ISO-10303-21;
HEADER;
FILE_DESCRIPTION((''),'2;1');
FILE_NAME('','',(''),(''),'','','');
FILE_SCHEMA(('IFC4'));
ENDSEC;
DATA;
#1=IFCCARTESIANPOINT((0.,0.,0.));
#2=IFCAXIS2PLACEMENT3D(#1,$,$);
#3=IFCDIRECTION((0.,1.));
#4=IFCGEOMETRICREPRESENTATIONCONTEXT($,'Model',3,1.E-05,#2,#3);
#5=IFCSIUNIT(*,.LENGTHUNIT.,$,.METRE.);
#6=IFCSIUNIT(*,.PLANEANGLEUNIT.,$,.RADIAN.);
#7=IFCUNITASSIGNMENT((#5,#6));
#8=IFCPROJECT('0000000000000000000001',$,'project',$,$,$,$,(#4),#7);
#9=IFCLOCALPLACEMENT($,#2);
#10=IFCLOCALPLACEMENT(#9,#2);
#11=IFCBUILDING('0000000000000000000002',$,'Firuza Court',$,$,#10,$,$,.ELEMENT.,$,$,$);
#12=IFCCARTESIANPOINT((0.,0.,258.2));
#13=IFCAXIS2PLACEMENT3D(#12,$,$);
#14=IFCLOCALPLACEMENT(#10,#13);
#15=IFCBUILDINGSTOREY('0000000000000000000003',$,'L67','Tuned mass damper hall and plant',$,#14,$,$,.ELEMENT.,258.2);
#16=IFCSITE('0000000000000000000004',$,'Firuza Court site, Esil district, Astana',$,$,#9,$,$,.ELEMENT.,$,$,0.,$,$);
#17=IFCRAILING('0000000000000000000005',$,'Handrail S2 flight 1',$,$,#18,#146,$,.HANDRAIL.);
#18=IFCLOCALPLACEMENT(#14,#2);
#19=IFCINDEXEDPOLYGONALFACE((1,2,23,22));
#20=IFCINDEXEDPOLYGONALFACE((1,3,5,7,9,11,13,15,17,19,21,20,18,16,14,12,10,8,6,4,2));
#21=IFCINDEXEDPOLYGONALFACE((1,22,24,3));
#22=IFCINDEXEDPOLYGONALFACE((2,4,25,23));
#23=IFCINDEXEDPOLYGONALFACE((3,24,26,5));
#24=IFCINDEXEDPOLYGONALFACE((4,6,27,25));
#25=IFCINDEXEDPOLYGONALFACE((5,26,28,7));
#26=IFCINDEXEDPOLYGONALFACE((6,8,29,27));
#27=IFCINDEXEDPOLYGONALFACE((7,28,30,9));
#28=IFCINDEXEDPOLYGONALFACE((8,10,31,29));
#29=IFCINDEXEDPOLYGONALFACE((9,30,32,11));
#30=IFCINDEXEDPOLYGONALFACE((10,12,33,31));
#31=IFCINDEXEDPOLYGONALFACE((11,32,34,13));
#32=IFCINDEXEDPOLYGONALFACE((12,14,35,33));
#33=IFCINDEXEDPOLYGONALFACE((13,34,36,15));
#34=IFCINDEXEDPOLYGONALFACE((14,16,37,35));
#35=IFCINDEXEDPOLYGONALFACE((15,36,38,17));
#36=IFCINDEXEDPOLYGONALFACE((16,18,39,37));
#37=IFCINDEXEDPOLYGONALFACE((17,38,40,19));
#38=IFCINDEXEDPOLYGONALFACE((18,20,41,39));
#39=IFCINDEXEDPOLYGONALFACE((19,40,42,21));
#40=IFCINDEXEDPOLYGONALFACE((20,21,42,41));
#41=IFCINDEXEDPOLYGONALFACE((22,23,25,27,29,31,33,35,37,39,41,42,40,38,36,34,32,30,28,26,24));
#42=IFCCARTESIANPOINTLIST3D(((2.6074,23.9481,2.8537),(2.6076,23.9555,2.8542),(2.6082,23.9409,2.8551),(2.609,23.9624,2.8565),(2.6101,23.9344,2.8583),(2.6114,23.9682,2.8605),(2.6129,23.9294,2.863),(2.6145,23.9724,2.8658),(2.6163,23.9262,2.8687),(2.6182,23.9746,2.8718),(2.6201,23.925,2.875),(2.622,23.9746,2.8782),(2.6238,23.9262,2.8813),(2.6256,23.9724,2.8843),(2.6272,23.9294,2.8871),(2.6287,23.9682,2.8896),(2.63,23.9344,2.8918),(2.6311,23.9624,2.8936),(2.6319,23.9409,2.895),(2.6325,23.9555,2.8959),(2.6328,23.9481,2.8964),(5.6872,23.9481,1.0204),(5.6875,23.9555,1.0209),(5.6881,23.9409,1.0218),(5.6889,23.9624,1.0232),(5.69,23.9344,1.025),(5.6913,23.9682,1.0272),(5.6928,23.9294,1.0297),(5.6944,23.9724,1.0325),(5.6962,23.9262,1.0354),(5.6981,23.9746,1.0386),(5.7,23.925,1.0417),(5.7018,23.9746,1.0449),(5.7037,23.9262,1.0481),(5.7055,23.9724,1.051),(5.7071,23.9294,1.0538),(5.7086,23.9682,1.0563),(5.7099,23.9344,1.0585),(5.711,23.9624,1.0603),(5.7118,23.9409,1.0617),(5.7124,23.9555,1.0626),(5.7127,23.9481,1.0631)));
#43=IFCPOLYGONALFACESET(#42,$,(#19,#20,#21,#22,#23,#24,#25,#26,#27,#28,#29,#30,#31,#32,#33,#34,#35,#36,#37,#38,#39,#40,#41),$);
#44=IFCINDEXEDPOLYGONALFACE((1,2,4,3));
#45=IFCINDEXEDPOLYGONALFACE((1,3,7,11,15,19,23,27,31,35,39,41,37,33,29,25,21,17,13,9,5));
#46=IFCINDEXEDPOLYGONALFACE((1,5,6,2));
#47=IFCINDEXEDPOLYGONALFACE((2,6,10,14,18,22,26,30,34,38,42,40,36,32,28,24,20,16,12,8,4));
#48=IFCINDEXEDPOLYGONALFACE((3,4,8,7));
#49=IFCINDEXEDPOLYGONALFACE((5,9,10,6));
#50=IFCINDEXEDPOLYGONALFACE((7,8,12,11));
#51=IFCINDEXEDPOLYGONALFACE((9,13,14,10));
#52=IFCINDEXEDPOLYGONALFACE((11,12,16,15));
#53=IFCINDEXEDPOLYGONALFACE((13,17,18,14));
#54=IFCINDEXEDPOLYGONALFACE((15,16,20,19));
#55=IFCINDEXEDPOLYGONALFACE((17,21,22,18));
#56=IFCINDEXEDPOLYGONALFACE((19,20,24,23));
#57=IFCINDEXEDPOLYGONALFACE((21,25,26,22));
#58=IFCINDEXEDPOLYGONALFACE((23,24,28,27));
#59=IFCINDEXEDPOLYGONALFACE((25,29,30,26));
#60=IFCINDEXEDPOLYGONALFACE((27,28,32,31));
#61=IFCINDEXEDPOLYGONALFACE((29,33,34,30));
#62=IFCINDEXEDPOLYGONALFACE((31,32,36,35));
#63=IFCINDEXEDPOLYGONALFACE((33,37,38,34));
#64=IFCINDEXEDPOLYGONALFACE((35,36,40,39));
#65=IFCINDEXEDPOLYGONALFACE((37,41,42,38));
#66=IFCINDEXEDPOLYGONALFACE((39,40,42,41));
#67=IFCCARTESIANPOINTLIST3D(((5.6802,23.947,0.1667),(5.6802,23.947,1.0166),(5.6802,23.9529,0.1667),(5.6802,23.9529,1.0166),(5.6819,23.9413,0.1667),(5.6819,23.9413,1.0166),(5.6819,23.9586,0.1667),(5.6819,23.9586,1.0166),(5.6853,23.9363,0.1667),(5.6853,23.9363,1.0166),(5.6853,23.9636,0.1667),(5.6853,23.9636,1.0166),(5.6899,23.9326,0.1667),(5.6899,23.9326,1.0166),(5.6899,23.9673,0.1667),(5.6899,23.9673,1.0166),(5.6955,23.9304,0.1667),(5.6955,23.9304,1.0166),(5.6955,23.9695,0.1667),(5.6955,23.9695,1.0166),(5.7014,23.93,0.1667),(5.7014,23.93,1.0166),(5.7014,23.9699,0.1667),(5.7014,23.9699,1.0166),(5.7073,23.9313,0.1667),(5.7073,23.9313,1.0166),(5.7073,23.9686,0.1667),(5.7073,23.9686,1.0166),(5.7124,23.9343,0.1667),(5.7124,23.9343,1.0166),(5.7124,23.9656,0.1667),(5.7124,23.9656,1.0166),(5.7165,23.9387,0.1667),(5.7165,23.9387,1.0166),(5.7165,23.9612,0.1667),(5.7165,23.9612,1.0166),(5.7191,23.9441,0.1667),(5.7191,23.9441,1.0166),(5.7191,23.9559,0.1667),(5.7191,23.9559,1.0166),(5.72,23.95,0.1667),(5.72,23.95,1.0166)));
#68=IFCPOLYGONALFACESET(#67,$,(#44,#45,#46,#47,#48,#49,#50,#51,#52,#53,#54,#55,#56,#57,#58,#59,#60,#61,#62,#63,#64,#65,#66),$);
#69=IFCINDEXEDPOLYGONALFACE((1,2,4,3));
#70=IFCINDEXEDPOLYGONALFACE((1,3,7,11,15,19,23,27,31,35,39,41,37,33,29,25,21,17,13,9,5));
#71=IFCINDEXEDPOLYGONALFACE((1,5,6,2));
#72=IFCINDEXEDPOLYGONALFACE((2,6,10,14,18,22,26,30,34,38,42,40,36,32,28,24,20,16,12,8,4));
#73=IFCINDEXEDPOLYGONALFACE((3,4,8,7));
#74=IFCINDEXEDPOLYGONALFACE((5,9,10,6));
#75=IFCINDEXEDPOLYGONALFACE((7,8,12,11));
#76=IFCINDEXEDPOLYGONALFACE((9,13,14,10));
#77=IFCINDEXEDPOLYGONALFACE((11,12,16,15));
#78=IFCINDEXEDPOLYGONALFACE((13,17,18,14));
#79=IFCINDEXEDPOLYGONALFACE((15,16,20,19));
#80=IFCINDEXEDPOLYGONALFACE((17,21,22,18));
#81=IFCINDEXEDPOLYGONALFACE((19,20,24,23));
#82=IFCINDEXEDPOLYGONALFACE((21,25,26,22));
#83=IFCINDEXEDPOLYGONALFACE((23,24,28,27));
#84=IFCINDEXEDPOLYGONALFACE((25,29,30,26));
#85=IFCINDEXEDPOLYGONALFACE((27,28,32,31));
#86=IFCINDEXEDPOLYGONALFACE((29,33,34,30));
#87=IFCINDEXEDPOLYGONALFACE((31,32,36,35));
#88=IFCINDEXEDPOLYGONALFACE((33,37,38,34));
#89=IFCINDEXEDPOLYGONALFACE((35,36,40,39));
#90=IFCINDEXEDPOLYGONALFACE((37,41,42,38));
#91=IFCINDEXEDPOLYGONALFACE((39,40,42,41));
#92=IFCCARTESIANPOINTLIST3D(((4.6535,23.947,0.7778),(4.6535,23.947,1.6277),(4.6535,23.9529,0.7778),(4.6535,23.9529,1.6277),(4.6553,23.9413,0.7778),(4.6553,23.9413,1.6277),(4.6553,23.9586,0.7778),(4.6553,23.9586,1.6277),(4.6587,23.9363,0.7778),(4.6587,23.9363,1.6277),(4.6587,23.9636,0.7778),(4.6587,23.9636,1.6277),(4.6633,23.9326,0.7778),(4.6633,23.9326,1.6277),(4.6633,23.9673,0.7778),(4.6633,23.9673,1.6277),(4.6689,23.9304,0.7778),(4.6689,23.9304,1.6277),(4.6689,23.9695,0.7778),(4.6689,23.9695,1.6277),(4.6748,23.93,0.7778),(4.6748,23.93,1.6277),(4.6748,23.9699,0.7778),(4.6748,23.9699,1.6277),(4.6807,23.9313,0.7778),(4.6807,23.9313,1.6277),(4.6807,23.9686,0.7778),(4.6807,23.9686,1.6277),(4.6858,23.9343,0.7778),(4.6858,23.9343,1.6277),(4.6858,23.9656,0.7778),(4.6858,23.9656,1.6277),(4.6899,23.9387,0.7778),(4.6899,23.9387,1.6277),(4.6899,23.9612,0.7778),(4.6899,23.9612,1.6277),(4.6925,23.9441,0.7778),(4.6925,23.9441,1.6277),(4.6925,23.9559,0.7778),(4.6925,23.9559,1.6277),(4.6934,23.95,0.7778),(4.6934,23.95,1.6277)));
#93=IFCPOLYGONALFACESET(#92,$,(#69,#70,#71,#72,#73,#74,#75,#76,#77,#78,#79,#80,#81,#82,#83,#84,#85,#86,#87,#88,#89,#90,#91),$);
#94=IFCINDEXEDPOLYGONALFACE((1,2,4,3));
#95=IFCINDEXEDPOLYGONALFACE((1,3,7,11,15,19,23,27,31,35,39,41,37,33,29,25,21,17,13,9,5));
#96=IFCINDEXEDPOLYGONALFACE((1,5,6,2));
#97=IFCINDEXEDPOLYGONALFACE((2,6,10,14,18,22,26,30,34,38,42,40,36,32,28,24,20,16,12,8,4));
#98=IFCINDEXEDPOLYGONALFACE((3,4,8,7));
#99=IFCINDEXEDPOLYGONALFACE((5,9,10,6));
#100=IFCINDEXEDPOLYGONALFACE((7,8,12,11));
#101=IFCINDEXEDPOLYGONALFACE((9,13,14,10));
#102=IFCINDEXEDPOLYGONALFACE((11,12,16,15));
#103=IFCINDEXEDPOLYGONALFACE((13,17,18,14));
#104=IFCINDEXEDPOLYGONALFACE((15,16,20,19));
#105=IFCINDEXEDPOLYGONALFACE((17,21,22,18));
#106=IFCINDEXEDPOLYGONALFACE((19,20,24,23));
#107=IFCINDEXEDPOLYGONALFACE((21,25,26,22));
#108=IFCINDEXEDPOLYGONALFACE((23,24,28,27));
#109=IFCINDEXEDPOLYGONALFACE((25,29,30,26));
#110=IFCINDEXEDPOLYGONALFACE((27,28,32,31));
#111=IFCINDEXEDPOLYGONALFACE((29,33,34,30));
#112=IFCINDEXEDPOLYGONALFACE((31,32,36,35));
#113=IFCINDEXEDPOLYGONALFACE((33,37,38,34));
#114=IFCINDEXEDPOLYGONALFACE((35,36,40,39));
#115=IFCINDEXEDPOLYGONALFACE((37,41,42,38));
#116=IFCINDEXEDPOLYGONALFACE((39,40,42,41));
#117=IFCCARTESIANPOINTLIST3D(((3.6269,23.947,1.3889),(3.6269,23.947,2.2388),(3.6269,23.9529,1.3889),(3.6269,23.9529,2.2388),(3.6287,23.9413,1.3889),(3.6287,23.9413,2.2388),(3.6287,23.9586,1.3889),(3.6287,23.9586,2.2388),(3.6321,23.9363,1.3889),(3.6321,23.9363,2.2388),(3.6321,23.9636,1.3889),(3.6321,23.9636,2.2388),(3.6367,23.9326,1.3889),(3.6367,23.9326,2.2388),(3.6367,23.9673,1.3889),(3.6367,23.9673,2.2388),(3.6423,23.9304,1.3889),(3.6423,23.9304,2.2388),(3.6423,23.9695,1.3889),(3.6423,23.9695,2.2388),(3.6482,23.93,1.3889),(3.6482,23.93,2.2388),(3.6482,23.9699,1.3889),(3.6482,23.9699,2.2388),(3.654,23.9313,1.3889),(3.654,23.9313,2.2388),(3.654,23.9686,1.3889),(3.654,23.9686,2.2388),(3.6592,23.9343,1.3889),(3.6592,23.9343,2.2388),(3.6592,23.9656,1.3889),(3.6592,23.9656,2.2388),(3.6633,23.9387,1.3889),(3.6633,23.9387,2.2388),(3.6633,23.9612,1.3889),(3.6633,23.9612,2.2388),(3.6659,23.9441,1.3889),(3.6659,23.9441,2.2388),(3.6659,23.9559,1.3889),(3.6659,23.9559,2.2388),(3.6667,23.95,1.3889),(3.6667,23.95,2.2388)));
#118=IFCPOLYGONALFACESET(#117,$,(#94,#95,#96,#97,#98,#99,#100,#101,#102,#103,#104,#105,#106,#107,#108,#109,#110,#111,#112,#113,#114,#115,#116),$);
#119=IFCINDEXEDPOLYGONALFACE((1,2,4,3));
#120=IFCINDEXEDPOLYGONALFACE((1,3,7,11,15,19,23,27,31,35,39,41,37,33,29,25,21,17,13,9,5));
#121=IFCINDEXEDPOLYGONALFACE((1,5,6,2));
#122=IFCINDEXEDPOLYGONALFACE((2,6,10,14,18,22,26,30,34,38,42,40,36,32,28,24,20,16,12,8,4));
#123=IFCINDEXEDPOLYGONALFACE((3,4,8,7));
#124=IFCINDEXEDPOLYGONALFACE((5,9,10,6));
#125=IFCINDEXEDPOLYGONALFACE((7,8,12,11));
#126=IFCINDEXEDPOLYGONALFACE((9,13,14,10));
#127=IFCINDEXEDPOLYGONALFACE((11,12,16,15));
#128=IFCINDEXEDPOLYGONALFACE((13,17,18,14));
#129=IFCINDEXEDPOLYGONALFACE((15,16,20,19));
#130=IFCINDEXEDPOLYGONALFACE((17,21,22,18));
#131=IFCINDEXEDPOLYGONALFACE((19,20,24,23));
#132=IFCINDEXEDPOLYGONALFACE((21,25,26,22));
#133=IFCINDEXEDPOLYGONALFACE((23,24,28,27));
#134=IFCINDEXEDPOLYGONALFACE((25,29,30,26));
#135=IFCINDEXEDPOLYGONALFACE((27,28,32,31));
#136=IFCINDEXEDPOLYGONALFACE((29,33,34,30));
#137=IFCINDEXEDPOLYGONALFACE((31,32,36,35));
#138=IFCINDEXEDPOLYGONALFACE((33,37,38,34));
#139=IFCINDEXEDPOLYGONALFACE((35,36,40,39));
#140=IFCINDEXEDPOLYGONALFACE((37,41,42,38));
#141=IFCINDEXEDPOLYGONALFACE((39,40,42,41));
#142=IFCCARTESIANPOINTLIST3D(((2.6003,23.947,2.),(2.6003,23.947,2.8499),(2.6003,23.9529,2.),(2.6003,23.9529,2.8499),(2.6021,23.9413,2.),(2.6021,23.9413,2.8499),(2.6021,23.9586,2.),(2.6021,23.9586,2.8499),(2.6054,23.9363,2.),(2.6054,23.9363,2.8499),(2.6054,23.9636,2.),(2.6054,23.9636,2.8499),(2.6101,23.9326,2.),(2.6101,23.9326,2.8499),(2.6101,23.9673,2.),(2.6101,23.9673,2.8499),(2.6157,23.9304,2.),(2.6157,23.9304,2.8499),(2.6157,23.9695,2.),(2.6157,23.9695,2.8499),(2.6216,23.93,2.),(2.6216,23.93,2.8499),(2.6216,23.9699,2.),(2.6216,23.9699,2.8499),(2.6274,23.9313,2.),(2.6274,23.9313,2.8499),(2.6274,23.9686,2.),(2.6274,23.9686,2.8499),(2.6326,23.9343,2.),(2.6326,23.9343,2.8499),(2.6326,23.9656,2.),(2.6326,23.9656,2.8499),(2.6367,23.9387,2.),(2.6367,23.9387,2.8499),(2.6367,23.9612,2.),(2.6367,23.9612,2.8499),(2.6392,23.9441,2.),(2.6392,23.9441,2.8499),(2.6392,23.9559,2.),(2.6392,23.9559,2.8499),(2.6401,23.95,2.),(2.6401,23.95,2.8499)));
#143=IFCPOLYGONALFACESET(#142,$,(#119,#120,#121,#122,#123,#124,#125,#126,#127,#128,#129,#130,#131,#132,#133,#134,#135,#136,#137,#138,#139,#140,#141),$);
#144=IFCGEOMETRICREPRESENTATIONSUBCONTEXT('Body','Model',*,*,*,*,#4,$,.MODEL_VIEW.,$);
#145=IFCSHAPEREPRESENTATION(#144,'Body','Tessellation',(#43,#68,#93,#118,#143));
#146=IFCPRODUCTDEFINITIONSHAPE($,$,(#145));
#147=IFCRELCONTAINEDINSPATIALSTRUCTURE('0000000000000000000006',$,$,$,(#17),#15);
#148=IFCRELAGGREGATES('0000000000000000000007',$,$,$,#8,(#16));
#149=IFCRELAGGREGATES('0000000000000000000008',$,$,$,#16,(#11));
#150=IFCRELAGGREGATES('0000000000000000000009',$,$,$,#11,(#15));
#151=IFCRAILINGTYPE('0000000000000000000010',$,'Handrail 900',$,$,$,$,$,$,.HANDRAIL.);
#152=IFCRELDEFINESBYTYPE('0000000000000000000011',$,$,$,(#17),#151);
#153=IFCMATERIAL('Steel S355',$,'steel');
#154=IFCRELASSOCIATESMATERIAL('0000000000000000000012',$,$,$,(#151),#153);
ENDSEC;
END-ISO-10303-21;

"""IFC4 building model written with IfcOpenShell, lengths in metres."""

from ifc_helpers import new_model, si_unit, direction, frame, origin, origin_2d, place, context, subcontext, project, spatial, circle, extrude, material, type_object, element, save


model = new_model("IFC4")

# Units and contexts
model_context = context("Model", 3, precision=1e-05, world=origin(), true_north=direction((0.0, 1.0)))
body_context = subcontext(model_context, "Body", "Model", "MODEL_VIEW")
ifc_project = project(units=[si_unit("LENGTHUNIT", "METRE"), si_unit("PLANEANGLEUNIT", "RADIAN")], contexts=[model_context])

# Site, building, storey
site_placement = place(None, origin())
site = spatial("IfcSite", under=ifc_project, at=site_placement, Name="Firuza Court site, Esil district, Astana", CompositionType="ELEMENT", RefElevation=0.0)
building_placement = place(site_placement, origin())
building = spatial("IfcBuilding", under=site, at=building_placement, Name="Firuza Court", CompositionType="ELEMENT")
storey_placement = place(building_placement, frame((0.0, 0.0, 258.2)))
storey = spatial("IfcBuildingStorey", under=building, at=storey_placement, Name="L67", Description="Tuned mass damper hall and plant", CompositionType="ELEMENT", Elevation=258.2)

# Railing
ifc_material_1 = material(Name="Steel S355", Category="steel")
railing_type_1 = type_object("IfcRailingType", Name="Handrail 900", PredefinedType="HANDRAIL", material=ifc_material_1)
railing_1_placement = place(storey_placement, frame((5.7, 23.95, 0.1667)))
element("IfcRailing", 1, at=railing_1_placement, inside=storey, type_object=railing_type_1, Name="Handrail S2 flight 1", PredefinedType="HANDRAIL", context=body_context, shape_type="SweptSolid", body=[
    extrude(circle(Radius=0.0249, at=origin_2d()), frame((0.0, 0.0, 0.875), z_axis=(-0.859291, 0.0, 0.511487), x_axis=(0.0, -1.0, 0.0)), (0.0, 0.0, 1.0), 3.5842),
    extrude(circle(Radius=0.02, at=origin_2d()), origin(), (0.0, 0.0, 1.0), 0.8499),
    extrude(circle(Radius=0.02, at=origin_2d()), frame((-1.0266, 0.0, 0.6111)), (0.0, 0.0, 1.0), 0.8499),
    extrude(circle(Radius=0.02, at=origin_2d()), frame((-2.0532, 0.0, 1.2222)), (0.0, 0.0, 1.0), 0.8499),
    extrude(circle(Radius=0.02, at=origin_2d()), frame((-3.0798, 0.0, 1.8333)), (0.0, 0.0, 1.0), 0.8499),
])

save(model, "model.ifc")
